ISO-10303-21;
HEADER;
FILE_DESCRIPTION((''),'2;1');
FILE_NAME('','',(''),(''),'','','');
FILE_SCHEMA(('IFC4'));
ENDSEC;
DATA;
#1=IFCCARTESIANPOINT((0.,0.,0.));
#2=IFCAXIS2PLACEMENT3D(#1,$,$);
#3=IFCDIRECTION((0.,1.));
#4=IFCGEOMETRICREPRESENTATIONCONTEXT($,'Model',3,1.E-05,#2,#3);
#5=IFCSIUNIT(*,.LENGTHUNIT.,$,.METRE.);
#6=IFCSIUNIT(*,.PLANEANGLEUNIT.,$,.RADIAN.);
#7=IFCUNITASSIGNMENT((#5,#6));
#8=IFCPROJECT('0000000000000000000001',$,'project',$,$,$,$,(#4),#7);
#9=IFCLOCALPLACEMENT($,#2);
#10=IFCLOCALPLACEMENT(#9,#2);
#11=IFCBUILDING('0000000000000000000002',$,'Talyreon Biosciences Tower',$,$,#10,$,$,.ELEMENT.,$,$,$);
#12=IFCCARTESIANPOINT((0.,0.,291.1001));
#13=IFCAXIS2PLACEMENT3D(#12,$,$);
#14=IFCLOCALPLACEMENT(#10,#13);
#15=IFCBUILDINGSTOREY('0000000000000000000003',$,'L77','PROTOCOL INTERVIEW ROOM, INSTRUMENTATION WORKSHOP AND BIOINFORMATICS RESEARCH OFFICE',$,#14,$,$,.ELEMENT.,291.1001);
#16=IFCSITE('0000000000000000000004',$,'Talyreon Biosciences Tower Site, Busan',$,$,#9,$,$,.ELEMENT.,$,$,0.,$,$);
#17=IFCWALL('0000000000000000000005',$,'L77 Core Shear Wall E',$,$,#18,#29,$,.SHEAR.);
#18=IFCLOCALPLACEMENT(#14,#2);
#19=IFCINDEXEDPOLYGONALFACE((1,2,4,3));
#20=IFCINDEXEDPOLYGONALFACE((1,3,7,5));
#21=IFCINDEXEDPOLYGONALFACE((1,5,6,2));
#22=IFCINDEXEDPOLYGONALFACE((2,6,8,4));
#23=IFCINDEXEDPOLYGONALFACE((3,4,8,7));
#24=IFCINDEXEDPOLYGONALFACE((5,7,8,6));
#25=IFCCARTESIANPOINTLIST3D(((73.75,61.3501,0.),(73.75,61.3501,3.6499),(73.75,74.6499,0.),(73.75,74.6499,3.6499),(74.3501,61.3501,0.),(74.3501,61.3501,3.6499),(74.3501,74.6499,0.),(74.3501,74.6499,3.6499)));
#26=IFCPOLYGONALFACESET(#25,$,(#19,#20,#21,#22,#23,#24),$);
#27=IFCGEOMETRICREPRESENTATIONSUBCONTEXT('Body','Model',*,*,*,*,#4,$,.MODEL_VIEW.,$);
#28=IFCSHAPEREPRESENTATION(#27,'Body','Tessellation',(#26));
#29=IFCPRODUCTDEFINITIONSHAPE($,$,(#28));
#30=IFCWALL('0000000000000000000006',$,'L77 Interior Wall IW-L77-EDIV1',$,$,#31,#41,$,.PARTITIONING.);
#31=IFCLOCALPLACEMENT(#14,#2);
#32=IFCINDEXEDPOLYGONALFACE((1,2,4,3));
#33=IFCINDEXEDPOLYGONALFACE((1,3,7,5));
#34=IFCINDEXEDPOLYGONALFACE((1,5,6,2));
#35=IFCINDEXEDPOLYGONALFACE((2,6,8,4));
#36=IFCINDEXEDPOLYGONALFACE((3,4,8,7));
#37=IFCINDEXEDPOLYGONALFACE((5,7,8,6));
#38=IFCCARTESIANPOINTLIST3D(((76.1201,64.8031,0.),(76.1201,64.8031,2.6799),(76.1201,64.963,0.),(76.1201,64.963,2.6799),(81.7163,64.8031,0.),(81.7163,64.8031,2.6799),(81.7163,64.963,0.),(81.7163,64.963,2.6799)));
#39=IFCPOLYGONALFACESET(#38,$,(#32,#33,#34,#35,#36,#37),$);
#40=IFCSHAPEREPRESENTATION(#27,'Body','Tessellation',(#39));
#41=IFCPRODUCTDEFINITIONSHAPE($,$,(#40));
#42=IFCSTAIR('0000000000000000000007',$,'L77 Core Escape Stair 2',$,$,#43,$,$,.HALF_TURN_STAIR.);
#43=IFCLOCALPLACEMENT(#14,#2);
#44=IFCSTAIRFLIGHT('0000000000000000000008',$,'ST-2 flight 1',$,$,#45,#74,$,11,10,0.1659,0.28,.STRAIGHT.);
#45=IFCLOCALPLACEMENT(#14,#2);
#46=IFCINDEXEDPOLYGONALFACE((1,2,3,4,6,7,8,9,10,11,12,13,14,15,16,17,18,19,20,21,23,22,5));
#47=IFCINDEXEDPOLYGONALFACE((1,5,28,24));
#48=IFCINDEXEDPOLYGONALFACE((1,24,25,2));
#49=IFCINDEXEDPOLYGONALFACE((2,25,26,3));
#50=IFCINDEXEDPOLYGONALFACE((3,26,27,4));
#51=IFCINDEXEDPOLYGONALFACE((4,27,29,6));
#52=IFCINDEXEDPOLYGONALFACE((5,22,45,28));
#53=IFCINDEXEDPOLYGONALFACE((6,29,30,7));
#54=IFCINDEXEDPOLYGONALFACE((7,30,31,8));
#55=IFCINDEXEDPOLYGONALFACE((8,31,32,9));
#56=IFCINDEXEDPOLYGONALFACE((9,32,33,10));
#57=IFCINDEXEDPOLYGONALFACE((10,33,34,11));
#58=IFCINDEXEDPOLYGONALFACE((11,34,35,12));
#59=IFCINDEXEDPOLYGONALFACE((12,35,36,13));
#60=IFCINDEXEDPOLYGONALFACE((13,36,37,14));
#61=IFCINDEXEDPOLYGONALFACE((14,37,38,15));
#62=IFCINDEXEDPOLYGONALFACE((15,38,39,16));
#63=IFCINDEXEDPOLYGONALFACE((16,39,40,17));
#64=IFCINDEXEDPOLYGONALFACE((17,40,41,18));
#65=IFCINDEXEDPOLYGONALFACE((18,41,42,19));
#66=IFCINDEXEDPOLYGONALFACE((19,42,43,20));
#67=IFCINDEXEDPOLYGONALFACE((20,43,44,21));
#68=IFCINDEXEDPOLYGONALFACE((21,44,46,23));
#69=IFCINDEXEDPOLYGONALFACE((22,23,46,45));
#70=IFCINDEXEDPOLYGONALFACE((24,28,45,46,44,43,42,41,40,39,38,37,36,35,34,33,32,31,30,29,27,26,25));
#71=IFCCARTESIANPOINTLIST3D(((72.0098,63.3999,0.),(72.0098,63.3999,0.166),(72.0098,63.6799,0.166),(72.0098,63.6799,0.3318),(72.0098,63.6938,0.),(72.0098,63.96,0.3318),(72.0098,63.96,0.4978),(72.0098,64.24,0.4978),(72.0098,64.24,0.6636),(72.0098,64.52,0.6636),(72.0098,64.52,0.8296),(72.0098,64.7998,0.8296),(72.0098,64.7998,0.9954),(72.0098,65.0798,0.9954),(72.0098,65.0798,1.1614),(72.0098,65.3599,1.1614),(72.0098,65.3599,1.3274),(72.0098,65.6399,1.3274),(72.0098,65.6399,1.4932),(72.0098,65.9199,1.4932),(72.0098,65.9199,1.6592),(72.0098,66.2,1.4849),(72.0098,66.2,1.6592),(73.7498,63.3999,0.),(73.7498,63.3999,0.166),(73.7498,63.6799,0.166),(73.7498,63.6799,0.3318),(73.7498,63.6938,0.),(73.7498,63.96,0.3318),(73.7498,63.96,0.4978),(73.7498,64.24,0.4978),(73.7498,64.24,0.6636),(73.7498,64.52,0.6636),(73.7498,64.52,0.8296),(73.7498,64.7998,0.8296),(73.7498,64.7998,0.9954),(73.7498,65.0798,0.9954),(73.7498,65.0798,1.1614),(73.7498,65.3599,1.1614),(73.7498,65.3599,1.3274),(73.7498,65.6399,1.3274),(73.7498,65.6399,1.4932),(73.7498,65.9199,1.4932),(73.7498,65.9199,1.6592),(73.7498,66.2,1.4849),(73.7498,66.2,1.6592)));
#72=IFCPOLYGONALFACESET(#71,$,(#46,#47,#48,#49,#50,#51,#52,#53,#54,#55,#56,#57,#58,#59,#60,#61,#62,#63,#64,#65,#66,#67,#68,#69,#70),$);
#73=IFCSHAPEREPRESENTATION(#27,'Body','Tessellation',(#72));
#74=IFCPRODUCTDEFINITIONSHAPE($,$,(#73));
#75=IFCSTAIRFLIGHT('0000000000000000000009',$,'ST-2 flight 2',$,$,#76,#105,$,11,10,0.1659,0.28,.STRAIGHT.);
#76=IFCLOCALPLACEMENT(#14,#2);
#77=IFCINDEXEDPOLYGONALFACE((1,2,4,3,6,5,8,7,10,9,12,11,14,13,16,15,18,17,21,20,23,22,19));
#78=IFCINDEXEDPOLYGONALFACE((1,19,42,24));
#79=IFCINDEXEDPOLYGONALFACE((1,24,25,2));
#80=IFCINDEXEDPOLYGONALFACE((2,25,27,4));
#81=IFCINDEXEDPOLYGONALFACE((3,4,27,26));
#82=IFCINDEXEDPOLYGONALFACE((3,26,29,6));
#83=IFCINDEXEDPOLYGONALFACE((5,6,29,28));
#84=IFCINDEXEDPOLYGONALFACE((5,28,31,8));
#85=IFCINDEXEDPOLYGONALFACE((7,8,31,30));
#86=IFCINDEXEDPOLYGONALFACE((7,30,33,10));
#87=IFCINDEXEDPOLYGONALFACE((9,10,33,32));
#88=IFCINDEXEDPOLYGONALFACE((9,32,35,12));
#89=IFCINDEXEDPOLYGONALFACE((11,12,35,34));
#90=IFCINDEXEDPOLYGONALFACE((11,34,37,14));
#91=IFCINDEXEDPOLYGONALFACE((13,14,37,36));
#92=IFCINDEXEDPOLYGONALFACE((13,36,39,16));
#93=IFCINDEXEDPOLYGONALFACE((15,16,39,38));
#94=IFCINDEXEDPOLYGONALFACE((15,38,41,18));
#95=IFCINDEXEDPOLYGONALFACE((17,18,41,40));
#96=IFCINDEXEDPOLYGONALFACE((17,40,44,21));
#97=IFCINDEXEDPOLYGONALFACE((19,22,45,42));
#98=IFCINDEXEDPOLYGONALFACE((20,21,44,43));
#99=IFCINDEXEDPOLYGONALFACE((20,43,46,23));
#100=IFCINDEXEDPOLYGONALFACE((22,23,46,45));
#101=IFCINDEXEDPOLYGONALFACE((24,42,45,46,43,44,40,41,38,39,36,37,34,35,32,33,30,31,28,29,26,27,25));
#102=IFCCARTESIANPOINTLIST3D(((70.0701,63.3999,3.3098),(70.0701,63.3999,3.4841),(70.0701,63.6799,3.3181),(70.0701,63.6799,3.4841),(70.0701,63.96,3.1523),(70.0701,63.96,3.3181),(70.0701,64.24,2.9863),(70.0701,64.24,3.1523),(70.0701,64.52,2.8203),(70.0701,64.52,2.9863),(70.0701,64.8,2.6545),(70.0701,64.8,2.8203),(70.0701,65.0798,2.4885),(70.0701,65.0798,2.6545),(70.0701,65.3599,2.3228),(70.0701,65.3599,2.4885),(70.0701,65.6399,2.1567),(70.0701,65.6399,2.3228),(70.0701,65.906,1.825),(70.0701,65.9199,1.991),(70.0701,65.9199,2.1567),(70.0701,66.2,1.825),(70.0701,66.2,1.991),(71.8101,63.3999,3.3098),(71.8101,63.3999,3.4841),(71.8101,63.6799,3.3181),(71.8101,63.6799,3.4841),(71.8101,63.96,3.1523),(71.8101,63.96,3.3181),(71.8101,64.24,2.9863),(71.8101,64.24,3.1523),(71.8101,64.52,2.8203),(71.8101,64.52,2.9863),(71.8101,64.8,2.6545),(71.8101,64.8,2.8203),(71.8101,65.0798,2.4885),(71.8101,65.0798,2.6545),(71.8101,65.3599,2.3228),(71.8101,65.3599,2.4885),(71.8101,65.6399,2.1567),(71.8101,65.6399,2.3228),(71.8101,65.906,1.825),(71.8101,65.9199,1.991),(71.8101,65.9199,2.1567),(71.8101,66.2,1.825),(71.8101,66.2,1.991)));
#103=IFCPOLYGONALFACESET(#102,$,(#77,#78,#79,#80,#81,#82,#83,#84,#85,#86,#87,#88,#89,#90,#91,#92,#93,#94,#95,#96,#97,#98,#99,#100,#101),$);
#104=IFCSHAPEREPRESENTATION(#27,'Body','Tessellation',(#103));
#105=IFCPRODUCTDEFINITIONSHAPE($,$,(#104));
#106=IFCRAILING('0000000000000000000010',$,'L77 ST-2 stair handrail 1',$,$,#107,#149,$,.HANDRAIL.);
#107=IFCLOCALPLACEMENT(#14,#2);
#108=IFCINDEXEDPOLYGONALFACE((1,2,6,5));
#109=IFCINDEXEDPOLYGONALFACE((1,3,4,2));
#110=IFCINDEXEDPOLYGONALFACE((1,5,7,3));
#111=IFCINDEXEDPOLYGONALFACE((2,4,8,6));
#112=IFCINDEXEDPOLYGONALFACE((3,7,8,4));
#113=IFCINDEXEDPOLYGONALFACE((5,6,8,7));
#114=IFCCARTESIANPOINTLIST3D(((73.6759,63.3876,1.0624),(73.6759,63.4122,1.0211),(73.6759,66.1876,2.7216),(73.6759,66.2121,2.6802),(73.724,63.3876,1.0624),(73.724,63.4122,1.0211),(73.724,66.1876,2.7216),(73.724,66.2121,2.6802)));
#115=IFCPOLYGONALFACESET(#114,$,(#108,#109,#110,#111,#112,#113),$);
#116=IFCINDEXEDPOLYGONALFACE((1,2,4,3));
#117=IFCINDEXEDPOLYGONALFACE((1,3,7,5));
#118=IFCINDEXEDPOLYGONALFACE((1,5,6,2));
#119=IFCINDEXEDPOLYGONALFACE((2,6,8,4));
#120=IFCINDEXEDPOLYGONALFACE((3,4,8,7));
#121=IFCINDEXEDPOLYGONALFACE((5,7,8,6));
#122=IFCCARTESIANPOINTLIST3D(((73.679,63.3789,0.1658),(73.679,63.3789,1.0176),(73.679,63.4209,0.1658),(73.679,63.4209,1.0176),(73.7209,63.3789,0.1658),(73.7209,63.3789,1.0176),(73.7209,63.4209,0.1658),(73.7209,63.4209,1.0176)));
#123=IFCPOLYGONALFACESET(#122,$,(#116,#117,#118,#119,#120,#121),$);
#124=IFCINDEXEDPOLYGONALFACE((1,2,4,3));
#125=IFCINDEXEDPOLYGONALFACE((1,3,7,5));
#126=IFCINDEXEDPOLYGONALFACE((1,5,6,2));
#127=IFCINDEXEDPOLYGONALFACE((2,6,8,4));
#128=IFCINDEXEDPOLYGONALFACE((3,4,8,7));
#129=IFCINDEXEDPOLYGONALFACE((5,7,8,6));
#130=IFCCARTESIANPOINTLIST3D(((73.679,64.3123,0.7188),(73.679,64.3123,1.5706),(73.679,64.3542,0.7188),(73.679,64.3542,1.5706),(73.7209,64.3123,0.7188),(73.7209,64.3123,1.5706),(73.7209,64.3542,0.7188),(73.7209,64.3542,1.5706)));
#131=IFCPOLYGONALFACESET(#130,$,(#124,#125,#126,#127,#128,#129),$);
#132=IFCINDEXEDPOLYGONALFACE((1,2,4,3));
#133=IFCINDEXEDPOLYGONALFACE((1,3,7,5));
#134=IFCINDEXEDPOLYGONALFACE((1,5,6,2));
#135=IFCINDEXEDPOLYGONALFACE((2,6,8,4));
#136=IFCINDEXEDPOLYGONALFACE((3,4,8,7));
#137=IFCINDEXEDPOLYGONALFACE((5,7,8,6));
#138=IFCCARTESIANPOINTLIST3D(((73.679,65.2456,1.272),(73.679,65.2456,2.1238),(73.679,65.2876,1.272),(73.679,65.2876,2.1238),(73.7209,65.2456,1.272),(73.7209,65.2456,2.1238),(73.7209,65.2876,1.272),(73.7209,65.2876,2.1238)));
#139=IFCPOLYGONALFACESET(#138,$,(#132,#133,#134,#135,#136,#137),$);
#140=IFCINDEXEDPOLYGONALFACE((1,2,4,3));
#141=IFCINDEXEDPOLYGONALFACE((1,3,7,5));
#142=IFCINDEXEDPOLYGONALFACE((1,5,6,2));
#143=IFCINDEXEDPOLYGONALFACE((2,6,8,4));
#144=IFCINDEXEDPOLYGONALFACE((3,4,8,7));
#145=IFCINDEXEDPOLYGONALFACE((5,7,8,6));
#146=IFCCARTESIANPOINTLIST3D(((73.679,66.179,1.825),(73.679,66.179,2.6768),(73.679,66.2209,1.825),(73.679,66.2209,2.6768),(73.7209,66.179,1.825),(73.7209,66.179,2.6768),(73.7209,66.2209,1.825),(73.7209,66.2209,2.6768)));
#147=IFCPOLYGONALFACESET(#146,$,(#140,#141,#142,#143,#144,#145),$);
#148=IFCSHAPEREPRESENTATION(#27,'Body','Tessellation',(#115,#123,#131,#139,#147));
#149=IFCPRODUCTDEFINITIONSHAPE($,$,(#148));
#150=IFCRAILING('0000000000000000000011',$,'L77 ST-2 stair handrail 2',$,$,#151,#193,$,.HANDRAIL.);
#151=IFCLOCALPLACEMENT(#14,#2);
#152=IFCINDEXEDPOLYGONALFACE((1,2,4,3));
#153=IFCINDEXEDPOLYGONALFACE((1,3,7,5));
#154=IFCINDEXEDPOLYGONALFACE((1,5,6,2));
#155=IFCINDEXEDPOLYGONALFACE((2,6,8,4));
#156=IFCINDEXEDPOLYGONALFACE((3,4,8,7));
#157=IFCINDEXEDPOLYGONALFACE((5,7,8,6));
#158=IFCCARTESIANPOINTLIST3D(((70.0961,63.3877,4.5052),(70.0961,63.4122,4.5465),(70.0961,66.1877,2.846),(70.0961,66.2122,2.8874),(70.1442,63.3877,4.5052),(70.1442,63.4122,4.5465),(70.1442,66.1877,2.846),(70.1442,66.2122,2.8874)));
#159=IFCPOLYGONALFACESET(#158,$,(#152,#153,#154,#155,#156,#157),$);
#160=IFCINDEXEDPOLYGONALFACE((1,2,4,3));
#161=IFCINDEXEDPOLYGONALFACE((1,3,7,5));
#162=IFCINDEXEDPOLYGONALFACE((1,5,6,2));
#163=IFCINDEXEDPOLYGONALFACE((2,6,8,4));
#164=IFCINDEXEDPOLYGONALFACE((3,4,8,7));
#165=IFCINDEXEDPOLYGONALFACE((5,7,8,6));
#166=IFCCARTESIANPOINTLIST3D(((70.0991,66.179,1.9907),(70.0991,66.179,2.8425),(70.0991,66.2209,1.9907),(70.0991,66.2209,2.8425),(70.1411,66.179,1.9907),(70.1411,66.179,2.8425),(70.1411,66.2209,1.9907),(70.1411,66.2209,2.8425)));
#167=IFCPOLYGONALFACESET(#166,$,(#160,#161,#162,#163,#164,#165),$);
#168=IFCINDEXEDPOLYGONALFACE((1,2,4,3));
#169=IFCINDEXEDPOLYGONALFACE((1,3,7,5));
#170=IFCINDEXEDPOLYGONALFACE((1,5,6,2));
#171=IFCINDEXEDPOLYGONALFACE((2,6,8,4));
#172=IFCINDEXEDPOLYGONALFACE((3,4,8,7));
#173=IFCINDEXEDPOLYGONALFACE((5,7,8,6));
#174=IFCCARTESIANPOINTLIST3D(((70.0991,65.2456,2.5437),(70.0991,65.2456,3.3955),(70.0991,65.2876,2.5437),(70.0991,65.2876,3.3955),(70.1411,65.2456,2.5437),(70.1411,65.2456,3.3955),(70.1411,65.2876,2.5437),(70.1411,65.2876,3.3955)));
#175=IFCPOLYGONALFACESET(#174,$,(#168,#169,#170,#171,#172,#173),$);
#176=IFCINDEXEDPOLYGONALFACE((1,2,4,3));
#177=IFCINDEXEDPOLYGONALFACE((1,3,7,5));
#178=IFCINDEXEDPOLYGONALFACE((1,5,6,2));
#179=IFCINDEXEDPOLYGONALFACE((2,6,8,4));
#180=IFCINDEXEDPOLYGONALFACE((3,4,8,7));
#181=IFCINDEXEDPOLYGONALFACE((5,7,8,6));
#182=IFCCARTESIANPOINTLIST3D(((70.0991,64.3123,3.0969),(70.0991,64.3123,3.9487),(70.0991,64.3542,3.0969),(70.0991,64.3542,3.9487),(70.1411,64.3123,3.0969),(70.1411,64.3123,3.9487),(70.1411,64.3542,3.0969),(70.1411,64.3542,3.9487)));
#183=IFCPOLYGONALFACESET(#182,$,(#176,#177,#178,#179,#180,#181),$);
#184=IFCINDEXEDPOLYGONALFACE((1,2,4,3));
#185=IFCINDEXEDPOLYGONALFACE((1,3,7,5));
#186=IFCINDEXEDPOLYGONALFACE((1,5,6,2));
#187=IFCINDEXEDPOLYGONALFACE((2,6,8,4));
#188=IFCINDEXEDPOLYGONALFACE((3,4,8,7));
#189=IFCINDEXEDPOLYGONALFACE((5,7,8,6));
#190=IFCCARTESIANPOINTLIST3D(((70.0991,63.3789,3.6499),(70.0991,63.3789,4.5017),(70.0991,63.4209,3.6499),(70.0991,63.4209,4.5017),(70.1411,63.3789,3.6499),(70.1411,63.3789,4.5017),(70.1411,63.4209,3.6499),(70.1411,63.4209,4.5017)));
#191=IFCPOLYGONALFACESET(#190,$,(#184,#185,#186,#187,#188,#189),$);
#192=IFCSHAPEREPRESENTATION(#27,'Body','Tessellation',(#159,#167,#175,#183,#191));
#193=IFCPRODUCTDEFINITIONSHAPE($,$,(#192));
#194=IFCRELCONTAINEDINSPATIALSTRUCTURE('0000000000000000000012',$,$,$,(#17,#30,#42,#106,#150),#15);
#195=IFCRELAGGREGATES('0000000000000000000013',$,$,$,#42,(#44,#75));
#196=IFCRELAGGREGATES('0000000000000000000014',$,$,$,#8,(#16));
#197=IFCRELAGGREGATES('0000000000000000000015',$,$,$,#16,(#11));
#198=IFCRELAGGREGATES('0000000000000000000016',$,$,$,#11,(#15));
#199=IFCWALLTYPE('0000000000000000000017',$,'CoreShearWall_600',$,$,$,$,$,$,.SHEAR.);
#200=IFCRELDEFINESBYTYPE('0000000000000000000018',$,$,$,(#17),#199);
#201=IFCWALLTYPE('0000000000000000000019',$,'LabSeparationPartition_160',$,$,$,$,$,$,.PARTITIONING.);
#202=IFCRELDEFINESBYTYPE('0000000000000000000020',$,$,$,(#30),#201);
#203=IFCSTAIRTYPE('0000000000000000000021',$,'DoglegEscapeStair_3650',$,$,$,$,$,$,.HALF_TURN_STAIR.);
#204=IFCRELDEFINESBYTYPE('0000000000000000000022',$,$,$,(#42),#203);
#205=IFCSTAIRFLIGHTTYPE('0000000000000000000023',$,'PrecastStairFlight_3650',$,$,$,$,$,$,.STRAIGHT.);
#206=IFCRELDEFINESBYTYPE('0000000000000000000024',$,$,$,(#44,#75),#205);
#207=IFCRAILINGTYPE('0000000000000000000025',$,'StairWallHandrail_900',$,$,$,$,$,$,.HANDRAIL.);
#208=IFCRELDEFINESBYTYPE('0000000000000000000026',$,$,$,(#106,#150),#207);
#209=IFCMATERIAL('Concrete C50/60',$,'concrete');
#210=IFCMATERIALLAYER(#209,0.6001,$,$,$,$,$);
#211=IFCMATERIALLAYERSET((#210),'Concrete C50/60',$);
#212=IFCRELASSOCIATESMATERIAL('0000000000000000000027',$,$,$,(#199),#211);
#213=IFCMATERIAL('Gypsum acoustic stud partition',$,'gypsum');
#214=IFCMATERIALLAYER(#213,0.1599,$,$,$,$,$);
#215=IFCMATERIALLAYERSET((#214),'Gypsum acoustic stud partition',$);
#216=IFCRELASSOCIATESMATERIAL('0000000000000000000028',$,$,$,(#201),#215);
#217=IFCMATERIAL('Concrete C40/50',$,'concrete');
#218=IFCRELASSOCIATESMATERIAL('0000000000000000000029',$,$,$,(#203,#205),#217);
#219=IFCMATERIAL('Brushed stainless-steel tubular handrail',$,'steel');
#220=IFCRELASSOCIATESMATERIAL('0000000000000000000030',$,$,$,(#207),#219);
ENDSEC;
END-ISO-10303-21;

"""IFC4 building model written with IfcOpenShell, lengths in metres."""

from ifc_helpers import new_model, si_unit, direction, frame, frame_2d, origin, origin_2d, place, context, subcontext, project, spatial, polyline, rectangle, outline, extrude, material, layer, layer_set, type_object, element, aggregate, save


model = new_model("IFC4")

# Units and contexts
model_context = context("Model", 3, precision=1e-05, world=origin(), true_north=direction((0.0, 1.0)))
body_context = subcontext(model_context, "Body", "Model", "MODEL_VIEW")
ifc_project = project(units=[si_unit("LENGTHUNIT", "METRE"), si_unit("PLANEANGLEUNIT", "RADIAN")], contexts=[model_context])

# Site, building, storey
site_placement = place(None, origin())
site = spatial("IfcSite", under=ifc_project, at=site_placement, Name="Talyreon Biosciences Tower Site, Busan", CompositionType="ELEMENT", RefElevation=0.0)
building_placement = place(site_placement, origin())
building = spatial("IfcBuilding", under=site, at=building_placement, Name="Talyreon Biosciences Tower", CompositionType="ELEMENT")
storey_placement = place(building_placement, frame((0.0, 0.0, 291.1001)))
storey = spatial("IfcBuildingStorey", under=building, at=storey_placement, Name="L77", Description="PROTOCOL INTERVIEW ROOM, INSTRUMENTATION WORKSHOP AND BIOINFORMATICS RESEARCH OFFICE", CompositionType="ELEMENT", Elevation=291.1001)

# Shared definitions
ifc_material_1 = material(Name="Concrete C50/60", Category="concrete")

# Walls
ifc_layer_1 = layer(ifc_material_1, 0.6001)
ifc_layer_set_1 = layer_set([ifc_layer_1], Name="Concrete C50/60")
wall_type_1 = type_object("IfcWallType", Name="CoreShearWall_600", PredefinedType="SHEAR", material=ifc_layer_set_1)
wall_1_placement = place(storey_placement, frame((74.05, 61.3501, 0.0), z_axis=(0.0, 0.0, 1.0), x_axis=(0.0, 1.0, 0.0)))
element("IfcWall", 1, at=wall_1_placement, inside=storey, type_object=wall_type_1, Name="L77 Core Shear Wall E", PredefinedType="SHEAR", context=body_context, shape_type="SweptSolid", body=[
    extrude(rectangle(XDim=13.2998, YDim=0.6001, at=frame_2d((6.6499, 0.0))), origin(), (0.0, 0.0, 1.0), 3.6499),
])
ifc_material_2 = material(Name="Gypsum acoustic stud partition", Category="gypsum")
ifc_layer_2 = layer(ifc_material_2, 0.1599)
ifc_layer_set_2 = layer_set([ifc_layer_2], Name="Gypsum acoustic stud partition")
wall_type_2 = type_object("IfcWallType", Name="LabSeparationPartition_160", PredefinedType="PARTITIONING", material=ifc_layer_set_2)
wall_2_placement = place(storey_placement, frame((76.1201, 64.8831, 0.0), z_axis=(0.0, 0.0, 1.0), x_axis=(1.0, 0.0, 0.0)))
element("IfcWall", 2, at=wall_2_placement, inside=storey, type_object=wall_type_2, Name="L77 Interior Wall IW-L77-EDIV1", PredefinedType="PARTITIONING", context=body_context, shape_type="SweptSolid", body=[
    extrude(rectangle(XDim=5.5962, YDim=0.1599, at=frame_2d((2.7981, 0.0))), origin(), (0.0, 0.0, 1.0), 2.6799),
])

# Stair, stair flights
ifc_material_3 = material(Name="Concrete C40/50", Category="concrete")
stair_type = type_object("IfcStairType", Name="DoglegEscapeStair_3650", PredefinedType="HALF_TURN_STAIR", material=ifc_material_3)
stair_placement = place(storey_placement, origin())
stair = element("IfcStair", 3, at=stair_placement, inside=storey, type_object=stair_type, Name="L77 Core Escape Stair 2", PredefinedType="HALF_TURN_STAIR")
stair_flight_type = type_object("IfcStairFlightType", Name="PrecastStairFlight_3650", PredefinedType="STRAIGHT", material=ifc_material_3)
stair_flight_1_placement = place(storey_placement, frame((72.8799, 63.3999, 0.0), z_axis=(0.0, 0.0, 1.0), x_axis=(0.0, 1.0, 0.0)))
stair_flight_1 = element("IfcStairFlight", 4, at=stair_flight_1_placement, type_object=stair_flight_type, Name="ST-2 flight 1", NumberOfRisers=11, NumberOfTreads=10, PredefinedType="STRAIGHT", RiserHeight=0.1659, TreadLength=0.28, context=body_context, shape_type="SweptSolid", body=[
    extrude(outline(polyline([(0.0, 0.0), (0.0, 0.166), (0.28, 0.166), (0.28, 0.3318), (0.5601, 0.3318), (0.5601, 0.4978), (0.8401, 0.4978), (0.8401, 0.6636), (1.1201, 0.6636), (1.1201, 0.8296), (1.3999, 0.8296), (1.3999, 0.9954), (1.6799, 0.9954), (1.6799, 1.1614), (1.96, 1.1614), (1.96, 1.3274), (2.24, 1.3274), (2.24, 1.4932), (2.52, 1.4932), (2.52, 1.6592), (2.8, 1.6592), (2.8, 1.825), (2.8, 1.4849), (0.2939, 0.0), (0.0, 0.0)])), frame((0.0, 0.8701, 0.0), z_axis=(0.0, -1.0, 0.0), x_axis=(1.0, 0.0, 0.0)), (0.0, 0.0, 1.0), 1.74),
])
stair_flight_2_placement = place(storey_placement, frame((70.9399, 66.2, 1.825), z_axis=(0.0, 0.0, 1.0), x_axis=(0.0, -1.0, 0.0)))
stair_flight_2 = element("IfcStairFlight", 5, at=stair_flight_2_placement, type_object=stair_flight_type, Name="ST-2 flight 2", NumberOfRisers=11, NumberOfTreads=10, PredefinedType="STRAIGHT", RiserHeight=0.1659, TreadLength=0.28, context=body_context, shape_type="SweptSolid", body=[
    extrude(outline(polyline([(0.0, 0.0), (0.0, 0.166), (0.28, 0.166), (0.28, 0.3318), (0.5601, 0.3318), (0.5601, 0.4978), (0.8401, 0.4978), (0.8401, 0.6636), (1.1201, 0.6636), (1.1201, 0.8296), (1.3999, 0.8296), (1.3999, 0.9954), (1.6799, 0.9954), (1.6799, 1.1614), (1.96, 1.1614), (1.96, 1.3274), (2.24, 1.3274), (2.24, 1.4932), (2.52, 1.4932), (2.52, 1.6592), (2.8, 1.6592), (2.8, 1.825), (2.8, 1.4849), (0.2939, 0.0), (0.0, 0.0)])), frame((0.0, 0.8701, 0.0), z_axis=(0.0, -1.0, 0.0), x_axis=(1.0, 0.0, 0.0)), (0.0, 0.0, 1.0), 1.74),
])
aggregate(stair, [stair_flight_1, stair_flight_2])

# Railings
ifc_material_4 = material(Name="Brushed stainless-steel tubular handrail", Category="steel")
railing_type_1 = type_object("IfcRailingType", Name="StairWallHandrail_900", PredefinedType="HANDRAIL", material=ifc_material_4)
railing_1_placement = place(storey_placement, frame((73.7, 63.3999, 0.1658)))
element("IfcRailing", 6, at=railing_1_placement, inside=storey, type_object=railing_type_1, Name="L77 ST-2 stair handrail 1", PredefinedType="HANDRAIL", context=body_context, shape_type="SweptSolid", body=[
    extrude(rectangle(XDim=0.0481, YDim=0.0481, at=origin_2d()), frame((0.0, 0.0, 0.876), z_axis=(0.0, 0.860306, 0.509778), x_axis=(-1.0, 0.0, 0.0)), (0.0, 0.0, 1.0), 3.2546),
    extrude(rectangle(XDim=0.042, YDim=0.042, at=origin_2d()), origin(), (0.0, 0.0, 1.0), 0.8518),
    extrude(rectangle(XDim=0.042, YDim=0.042, at=origin_2d()), frame((0.0, 0.9333, 0.553)), (0.0, 0.0, 1.0), 0.8518),
    extrude(rectangle(XDim=0.042, YDim=0.042, at=origin_2d()), frame((0.0, 1.8667, 1.1062)), (0.0, 0.0, 1.0), 0.8518),
    extrude(rectangle(XDim=0.042, YDim=0.042, at=origin_2d()), frame((0.0, 2.8, 1.6592)), (0.0, 0.0, 1.0), 0.8518),
])
railing_2_placement = place(storey_placement, frame((70.1201, 66.2, 1.9907)))
element("IfcRailing", 7, at=railing_2_placement, inside=storey, type_object=railing_type_1, Name="L77 ST-2 stair handrail 2", PredefinedType="HANDRAIL", context=body_context, shape_type="SweptSolid", body=[
    extrude(rectangle(XDim=0.0481, YDim=0.0481, at=origin_2d()), frame((0.0, 0.0, 0.876), z_axis=(0.0, -0.860306, 0.509778), x_axis=(1.0, 0.0, 0.0)), (0.0, 0.0, 1.0), 3.2546),
    extrude(rectangle(XDim=0.042, YDim=0.042, at=origin_2d()), origin(), (0.0, 0.0, 1.0), 0.8518),
    extrude(rectangle(XDim=0.042, YDim=0.042, at=origin_2d()), frame((0.0, -0.9333, 0.553)), (0.0, 0.0, 1.0), 0.8518),
    extrude(rectangle(XDim=0.042, YDim=0.042, at=origin_2d()), frame((0.0, -1.8667, 1.1062)), (0.0, 0.0, 1.0), 0.8518),
    extrude(rectangle(XDim=0.042, YDim=0.042, at=origin_2d()), frame((0.0, -2.8, 1.6592)), (0.0, 0.0, 1.0), 0.8518),
])

save(model, "model.ifc")
